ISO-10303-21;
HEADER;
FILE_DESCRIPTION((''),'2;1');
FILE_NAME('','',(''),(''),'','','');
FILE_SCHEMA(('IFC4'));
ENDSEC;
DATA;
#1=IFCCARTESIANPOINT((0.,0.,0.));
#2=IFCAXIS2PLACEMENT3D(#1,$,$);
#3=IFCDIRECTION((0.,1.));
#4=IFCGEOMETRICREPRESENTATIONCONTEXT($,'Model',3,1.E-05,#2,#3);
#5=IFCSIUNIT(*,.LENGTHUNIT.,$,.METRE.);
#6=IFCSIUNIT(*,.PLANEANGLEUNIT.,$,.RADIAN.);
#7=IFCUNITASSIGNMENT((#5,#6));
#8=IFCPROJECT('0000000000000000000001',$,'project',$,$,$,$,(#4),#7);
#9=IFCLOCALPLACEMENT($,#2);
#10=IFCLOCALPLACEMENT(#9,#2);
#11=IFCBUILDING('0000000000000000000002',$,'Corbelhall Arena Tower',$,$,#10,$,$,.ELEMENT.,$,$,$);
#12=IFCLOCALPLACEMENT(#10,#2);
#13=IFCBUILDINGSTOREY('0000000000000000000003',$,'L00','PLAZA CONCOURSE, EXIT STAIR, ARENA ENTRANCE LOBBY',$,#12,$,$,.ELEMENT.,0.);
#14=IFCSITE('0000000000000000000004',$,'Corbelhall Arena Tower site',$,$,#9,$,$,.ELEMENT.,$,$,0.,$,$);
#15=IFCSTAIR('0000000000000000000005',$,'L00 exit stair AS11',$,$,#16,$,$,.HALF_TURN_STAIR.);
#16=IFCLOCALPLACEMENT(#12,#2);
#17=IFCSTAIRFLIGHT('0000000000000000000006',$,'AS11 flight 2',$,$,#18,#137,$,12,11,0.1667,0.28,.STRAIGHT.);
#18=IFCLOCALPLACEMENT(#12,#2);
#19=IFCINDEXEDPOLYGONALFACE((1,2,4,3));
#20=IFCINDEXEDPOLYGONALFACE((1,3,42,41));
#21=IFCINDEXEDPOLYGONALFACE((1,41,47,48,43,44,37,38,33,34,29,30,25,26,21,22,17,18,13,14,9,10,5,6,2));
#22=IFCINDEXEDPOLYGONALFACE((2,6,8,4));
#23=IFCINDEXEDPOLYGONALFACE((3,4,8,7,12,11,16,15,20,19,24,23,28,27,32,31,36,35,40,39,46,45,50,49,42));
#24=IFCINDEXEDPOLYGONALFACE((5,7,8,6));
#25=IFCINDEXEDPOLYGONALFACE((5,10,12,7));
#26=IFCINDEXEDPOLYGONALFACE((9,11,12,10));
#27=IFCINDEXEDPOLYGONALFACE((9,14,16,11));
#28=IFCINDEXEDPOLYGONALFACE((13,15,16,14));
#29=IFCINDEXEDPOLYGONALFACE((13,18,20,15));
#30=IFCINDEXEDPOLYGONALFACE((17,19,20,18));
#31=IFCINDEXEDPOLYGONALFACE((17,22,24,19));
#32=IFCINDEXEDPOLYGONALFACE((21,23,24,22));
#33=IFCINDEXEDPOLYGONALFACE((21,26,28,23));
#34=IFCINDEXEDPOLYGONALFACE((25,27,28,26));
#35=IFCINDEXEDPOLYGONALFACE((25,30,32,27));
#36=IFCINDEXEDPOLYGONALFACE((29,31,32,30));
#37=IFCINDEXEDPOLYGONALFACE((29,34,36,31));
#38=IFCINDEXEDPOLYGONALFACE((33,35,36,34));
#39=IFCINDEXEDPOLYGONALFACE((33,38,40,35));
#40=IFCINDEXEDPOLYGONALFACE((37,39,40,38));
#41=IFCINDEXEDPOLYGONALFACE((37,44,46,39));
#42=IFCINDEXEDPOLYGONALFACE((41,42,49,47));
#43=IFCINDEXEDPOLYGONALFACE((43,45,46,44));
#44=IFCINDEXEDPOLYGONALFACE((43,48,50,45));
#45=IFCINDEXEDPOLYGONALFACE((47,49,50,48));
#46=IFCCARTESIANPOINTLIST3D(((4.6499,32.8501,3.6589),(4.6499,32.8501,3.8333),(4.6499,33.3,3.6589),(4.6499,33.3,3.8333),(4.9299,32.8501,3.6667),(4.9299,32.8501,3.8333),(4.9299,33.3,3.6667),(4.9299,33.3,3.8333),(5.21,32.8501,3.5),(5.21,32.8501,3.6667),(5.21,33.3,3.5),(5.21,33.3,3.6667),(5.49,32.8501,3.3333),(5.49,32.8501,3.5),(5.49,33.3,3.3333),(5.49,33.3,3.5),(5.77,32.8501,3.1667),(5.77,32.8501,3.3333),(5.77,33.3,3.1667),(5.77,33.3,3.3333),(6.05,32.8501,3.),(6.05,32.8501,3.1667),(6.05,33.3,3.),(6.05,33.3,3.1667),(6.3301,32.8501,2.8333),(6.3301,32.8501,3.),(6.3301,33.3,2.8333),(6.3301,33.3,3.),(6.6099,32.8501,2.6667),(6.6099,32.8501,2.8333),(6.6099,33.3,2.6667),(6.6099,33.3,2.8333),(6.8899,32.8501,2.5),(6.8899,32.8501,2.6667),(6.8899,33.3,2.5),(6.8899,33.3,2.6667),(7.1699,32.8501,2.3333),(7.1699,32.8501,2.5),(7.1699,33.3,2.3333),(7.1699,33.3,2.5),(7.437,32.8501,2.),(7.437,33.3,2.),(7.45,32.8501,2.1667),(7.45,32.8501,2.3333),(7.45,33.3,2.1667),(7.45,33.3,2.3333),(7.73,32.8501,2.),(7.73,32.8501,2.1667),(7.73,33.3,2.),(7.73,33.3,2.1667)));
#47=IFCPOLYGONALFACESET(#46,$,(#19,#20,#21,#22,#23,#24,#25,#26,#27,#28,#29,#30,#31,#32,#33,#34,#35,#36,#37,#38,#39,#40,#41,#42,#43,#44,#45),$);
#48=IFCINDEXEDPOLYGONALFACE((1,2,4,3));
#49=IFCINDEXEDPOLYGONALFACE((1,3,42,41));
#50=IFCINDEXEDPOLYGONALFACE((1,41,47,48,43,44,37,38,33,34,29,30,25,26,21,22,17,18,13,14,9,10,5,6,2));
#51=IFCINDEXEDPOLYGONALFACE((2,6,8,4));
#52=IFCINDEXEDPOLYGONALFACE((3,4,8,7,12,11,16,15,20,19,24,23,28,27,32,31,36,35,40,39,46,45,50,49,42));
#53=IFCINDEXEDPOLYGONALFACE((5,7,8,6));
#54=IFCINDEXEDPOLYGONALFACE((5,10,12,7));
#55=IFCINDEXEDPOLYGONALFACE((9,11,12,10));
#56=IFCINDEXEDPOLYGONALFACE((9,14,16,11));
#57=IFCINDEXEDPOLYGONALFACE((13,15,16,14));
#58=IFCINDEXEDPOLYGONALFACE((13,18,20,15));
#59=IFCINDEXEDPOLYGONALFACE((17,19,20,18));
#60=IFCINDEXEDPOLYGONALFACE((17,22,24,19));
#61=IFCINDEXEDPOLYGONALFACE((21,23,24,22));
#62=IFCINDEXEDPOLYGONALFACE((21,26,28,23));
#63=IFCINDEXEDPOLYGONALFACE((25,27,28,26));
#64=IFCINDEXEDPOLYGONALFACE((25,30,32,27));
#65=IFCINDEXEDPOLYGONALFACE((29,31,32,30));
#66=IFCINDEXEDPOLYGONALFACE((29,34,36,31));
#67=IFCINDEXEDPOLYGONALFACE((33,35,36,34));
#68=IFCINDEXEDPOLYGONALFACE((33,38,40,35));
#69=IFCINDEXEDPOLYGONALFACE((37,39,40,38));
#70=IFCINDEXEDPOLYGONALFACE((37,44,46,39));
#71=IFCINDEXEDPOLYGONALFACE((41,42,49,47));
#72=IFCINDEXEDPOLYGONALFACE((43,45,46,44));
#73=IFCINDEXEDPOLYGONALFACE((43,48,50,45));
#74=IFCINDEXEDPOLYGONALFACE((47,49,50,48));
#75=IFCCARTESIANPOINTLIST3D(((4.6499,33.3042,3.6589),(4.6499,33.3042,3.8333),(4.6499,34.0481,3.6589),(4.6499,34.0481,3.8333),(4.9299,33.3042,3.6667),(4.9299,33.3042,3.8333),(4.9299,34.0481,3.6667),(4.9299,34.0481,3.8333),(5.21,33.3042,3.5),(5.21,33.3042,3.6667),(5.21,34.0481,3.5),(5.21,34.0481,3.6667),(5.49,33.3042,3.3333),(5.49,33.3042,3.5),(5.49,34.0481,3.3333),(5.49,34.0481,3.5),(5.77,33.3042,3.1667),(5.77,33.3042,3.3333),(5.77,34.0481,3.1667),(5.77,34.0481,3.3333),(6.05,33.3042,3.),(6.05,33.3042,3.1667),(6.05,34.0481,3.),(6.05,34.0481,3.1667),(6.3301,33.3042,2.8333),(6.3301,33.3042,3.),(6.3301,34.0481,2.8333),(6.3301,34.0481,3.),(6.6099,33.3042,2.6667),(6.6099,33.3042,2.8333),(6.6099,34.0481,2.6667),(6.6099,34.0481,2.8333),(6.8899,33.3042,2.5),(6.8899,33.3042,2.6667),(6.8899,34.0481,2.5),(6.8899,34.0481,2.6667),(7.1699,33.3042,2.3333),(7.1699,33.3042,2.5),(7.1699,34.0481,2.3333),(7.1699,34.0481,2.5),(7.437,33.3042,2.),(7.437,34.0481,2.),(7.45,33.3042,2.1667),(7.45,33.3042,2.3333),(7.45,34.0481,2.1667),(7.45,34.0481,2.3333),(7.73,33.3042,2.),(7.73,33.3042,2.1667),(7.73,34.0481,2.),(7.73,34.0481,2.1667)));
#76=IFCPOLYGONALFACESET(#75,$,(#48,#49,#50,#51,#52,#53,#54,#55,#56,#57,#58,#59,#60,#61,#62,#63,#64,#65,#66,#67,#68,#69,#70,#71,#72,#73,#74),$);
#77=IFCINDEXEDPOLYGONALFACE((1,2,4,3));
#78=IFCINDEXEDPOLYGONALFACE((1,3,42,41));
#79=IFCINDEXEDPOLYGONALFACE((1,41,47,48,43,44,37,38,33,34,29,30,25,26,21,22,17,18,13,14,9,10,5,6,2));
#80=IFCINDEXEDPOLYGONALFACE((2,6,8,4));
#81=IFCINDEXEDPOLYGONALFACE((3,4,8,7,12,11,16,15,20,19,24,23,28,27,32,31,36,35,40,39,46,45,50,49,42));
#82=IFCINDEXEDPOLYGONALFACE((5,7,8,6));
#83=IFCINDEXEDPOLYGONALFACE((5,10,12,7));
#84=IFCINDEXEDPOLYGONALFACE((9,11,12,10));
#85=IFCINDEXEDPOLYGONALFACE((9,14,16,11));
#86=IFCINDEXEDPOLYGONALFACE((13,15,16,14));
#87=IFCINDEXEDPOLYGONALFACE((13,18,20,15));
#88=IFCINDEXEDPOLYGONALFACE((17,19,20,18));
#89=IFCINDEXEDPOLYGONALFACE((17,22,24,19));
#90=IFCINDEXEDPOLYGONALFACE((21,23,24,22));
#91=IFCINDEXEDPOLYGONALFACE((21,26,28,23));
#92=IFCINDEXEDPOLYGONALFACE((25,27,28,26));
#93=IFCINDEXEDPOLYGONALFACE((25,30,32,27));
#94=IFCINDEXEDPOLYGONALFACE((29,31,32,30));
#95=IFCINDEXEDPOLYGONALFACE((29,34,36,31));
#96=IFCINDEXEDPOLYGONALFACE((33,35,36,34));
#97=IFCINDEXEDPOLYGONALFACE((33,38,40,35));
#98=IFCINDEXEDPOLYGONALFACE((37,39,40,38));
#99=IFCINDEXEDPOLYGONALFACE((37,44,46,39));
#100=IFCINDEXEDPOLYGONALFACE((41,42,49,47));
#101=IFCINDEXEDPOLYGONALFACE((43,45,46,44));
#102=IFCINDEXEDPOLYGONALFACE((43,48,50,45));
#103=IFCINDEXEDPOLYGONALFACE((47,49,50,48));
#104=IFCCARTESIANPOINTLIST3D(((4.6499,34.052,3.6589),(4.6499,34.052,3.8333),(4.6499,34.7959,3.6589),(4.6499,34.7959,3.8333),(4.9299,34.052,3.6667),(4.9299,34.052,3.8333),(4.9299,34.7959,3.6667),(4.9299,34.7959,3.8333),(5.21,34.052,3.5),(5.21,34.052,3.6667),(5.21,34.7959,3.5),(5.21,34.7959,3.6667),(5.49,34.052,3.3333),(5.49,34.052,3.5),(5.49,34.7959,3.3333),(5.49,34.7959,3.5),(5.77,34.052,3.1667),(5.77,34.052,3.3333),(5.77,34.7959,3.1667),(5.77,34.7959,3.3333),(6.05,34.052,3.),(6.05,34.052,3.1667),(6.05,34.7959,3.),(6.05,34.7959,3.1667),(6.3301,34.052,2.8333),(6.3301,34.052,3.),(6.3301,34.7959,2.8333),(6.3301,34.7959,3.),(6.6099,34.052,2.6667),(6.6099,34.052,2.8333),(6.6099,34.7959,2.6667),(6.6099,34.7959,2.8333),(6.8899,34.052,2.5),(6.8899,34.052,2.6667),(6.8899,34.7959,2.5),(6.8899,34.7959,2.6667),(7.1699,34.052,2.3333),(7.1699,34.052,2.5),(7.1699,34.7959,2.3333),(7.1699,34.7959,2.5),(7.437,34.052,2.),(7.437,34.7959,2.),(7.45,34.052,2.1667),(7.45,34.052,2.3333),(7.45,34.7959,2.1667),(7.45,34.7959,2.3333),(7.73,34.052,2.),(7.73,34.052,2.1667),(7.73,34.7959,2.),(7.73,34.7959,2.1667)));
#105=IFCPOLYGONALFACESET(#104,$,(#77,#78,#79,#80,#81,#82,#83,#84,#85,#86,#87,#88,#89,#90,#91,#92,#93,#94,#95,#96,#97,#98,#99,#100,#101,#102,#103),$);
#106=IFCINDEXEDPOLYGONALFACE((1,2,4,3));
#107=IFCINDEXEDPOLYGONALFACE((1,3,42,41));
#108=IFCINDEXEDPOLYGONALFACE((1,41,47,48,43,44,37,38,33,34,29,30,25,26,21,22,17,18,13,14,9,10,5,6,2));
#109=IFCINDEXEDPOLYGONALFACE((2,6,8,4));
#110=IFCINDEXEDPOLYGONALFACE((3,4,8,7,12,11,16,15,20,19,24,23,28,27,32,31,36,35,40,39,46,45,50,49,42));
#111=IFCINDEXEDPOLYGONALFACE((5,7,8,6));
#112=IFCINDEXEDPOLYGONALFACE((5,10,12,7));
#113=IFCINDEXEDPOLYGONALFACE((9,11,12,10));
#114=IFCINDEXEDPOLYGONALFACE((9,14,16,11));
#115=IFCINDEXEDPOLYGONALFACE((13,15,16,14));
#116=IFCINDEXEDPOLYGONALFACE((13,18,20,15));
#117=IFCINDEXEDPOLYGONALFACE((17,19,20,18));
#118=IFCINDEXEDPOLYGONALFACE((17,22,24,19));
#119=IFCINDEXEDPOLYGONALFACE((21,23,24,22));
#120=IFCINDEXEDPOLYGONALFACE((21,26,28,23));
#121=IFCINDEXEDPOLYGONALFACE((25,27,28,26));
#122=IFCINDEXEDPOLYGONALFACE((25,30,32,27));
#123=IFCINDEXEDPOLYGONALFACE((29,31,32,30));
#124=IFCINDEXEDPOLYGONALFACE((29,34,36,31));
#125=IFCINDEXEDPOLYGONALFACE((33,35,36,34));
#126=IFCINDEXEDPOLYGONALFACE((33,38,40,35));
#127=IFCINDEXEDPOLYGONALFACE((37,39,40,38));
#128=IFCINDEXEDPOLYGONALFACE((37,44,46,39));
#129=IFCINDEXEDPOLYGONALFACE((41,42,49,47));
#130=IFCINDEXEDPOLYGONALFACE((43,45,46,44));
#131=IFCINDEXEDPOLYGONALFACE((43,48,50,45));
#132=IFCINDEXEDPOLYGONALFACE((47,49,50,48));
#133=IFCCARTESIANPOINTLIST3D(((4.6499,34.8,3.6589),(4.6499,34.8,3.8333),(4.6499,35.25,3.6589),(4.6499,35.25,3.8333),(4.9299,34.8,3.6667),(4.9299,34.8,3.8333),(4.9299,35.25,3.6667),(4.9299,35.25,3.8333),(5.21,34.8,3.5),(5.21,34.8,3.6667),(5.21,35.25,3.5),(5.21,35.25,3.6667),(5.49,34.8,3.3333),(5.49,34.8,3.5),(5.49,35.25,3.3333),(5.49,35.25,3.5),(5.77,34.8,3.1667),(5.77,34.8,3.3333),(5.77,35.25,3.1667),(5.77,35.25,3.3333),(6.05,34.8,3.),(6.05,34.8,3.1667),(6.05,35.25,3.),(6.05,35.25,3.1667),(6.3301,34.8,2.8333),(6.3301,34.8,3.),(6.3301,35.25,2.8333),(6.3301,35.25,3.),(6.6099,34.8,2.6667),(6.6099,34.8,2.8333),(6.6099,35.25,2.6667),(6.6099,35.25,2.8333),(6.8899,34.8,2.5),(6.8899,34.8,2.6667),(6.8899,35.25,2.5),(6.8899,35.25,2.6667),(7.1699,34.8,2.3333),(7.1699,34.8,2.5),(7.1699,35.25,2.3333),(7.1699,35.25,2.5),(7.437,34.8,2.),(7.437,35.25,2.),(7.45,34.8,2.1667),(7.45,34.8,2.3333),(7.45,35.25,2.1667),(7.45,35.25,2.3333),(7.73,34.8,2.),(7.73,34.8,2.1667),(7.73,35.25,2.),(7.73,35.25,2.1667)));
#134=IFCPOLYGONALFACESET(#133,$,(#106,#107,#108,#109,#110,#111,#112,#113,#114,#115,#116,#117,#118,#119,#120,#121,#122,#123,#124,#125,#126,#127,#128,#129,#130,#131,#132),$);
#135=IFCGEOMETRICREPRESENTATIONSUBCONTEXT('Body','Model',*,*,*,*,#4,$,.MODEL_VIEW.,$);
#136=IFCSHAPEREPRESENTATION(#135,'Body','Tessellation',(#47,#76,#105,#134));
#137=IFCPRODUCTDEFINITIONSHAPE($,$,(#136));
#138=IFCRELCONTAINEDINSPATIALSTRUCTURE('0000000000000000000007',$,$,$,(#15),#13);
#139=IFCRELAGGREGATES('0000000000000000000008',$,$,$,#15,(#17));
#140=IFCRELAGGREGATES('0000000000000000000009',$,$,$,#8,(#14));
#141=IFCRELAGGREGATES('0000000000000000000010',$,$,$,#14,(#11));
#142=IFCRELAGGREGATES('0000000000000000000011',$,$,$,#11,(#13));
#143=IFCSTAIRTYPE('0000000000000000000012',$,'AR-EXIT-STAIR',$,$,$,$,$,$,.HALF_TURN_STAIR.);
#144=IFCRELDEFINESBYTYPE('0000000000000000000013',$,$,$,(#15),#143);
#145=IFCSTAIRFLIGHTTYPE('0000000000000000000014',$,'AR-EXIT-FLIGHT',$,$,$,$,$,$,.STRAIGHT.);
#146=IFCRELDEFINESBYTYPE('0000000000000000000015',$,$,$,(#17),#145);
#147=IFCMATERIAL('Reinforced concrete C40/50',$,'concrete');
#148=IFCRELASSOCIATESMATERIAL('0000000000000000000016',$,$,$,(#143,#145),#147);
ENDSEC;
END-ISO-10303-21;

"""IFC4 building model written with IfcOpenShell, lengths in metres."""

from ifc_helpers import new_model, si_unit, direction, frame, origin, place, context, subcontext, project, spatial, polyline, outline, extrude, material, type_object, element, aggregate, save


model = new_model("IFC4")

# Units and contexts
model_context = context("Model", 3, precision=1e-05, world=origin(), true_north=direction((0.0, 1.0)))
body_context = subcontext(model_context, "Body", "Model", "MODEL_VIEW")
ifc_project = project(units=[si_unit("LENGTHUNIT", "METRE"), si_unit("PLANEANGLEUNIT", "RADIAN")], contexts=[model_context])

# Site, building, storey
site_placement = place(None, origin())
site = spatial("IfcSite", under=ifc_project, at=site_placement, Name="Corbelhall Arena Tower site", CompositionType="ELEMENT", RefElevation=0.0)
building_placement = place(site_placement, origin())
building = spatial("IfcBuilding", under=site, at=building_placement, Name="Corbelhall Arena Tower", CompositionType="ELEMENT")
storey_placement = place(building_placement, origin())
storey = spatial("IfcBuildingStorey", under=building, at=storey_placement, Name="L00", Description="PLAZA CONCOURSE, EXIT STAIR, ARENA ENTRANCE LOBBY", CompositionType="ELEMENT", Elevation=0.0)

# Shared definitions
ifc_material_1 = material(Name="Reinforced concrete C40/50", Category="concrete")

# Stair, stair flight
stair_type = type_object("IfcStairType", Name="AR-EXIT-STAIR", PredefinedType="HALF_TURN_STAIR", material=ifc_material_1)
stair_1_placement = place(storey_placement, origin())
stair_1 = element("IfcStair", 1, at=stair_1_placement, inside=storey, type_object=stair_type, Name="L00 exit stair AS11", PredefinedType="HALF_TURN_STAIR")
stair_flight_type = type_object("IfcStairFlightType", Name="AR-EXIT-FLIGHT", PredefinedType="STRAIGHT", material=ifc_material_1)
stair_flight_1_placement = place(storey_placement, frame((7.73, 34.05, 2.0), z_axis=(0.0, 0.0, 1.0), x_axis=(-1.0, 0.0, 0.0)))
stair_flight_1 = element("IfcStairFlight", 2, at=stair_flight_1_placement, type_object=stair_flight_type, Name="AS11 flight 2", NumberOfRisers=12, NumberOfTreads=11, PredefinedType="STRAIGHT", RiserHeight=0.1667, TreadLength=0.28, context=body_context, shape_type="SweptSolid", body=[
    extrude(outline(polyline([(0.0, 0.0), (0.0, 0.1667), (0.28, 0.1667), (0.28, 0.3333), (0.5601, 0.3333), (0.5601, 0.5), (0.8401, 0.5), (0.8401, 0.6667), (1.1201, 0.6667), (1.1201, 0.8333), (1.3999, 0.8333), (1.3999, 1.0), (1.6799, 1.0), (1.6799, 1.1667), (1.96, 1.1667), (1.96, 1.3333), (2.24, 1.3333), (2.24, 1.5), (2.52, 1.5), (2.52, 1.6667), (2.8, 1.6667), (2.8, 1.8333), (3.0801, 1.8333), (3.0801, 2.0), (3.0801, 1.6589), (0.293, 0.0), (0.0, 0.0)])), frame((0.0, 1.2, 0.0), z_axis=(0.0, -1.0, 0.0), x_axis=(1.0, 0.0, 0.0)), (0.0, 0.0, 1.0), 0.45),
    extrude(outline(polyline([(0.0, 0.0), (0.0, 0.1667), (0.28, 0.1667), (0.28, 0.3333), (0.5601, 0.3333), (0.5601, 0.5), (0.8401, 0.5), (0.8401, 0.6667), (1.1201, 0.6667), (1.1201, 0.8333), (1.3999, 0.8333), (1.3999, 1.0), (1.6799, 1.0), (1.6799, 1.1667), (1.96, 1.1667), (1.96, 1.3333), (2.24, 1.3333), (2.24, 1.5), (2.52, 1.5), (2.52, 1.6667), (2.8, 1.6667), (2.8, 1.8333), (3.0801, 1.8333), (3.0801, 2.0), (3.0801, 1.6589), (0.293, 0.0), (0.0, 0.0)])), frame((0.0, 0.7458, 0.0), z_axis=(0.0, -1.0, 0.0), x_axis=(1.0, 0.0, 0.0)), (0.0, 0.0, 1.0), 0.7439),
    extrude(outline(polyline([(0.0, 0.0), (0.0, 0.1667), (0.28, 0.1667), (0.28, 0.3333), (0.5601, 0.3333), (0.5601, 0.5), (0.8401, 0.5), (0.8401, 0.6667), (1.1201, 0.6667), (1.1201, 0.8333), (1.3999, 0.8333), (1.3999, 1.0), (1.6799, 1.0), (1.6799, 1.1667), (1.96, 1.1667), (1.96, 1.3333), (2.24, 1.3333), (2.24, 1.5), (2.52, 1.5), (2.52, 1.6667), (2.8, 1.6667), (2.8, 1.8333), (3.0801, 1.8333), (3.0801, 2.0), (3.0801, 1.6589), (0.293, 0.0), (0.0, 0.0)])), frame((0.0, -0.002, 0.0), z_axis=(0.0, -1.0, 0.0), x_axis=(1.0, 0.0, 0.0)), (0.0, 0.0, 1.0), 0.7439),
    extrude(outline(polyline([(0.0, 0.0), (0.0, 0.1667), (0.28, 0.1667), (0.28, 0.3333), (0.5601, 0.3333), (0.5601, 0.5), (0.8401, 0.5), (0.8401, 0.6667), (1.1201, 0.6667), (1.1201, 0.8333), (1.3999, 0.8333), (1.3999, 1.0), (1.6799, 1.0), (1.6799, 1.1667), (1.96, 1.1667), (1.96, 1.3333), (2.24, 1.3333), (2.24, 1.5), (2.52, 1.5), (2.52, 1.6667), (2.8, 1.6667), (2.8, 1.8333), (3.0801, 1.8333), (3.0801, 2.0), (3.0801, 1.6589), (0.293, 0.0), (0.0, 0.0)])), frame((0.0, -0.75, 0.0), z_axis=(0.0, -1.0, 0.0), x_axis=(1.0, 0.0, 0.0)), (0.0, 0.0, 1.0), 0.45),
])
aggregate(stair_1, [stair_flight_1])

save(model, "model.ifc")
